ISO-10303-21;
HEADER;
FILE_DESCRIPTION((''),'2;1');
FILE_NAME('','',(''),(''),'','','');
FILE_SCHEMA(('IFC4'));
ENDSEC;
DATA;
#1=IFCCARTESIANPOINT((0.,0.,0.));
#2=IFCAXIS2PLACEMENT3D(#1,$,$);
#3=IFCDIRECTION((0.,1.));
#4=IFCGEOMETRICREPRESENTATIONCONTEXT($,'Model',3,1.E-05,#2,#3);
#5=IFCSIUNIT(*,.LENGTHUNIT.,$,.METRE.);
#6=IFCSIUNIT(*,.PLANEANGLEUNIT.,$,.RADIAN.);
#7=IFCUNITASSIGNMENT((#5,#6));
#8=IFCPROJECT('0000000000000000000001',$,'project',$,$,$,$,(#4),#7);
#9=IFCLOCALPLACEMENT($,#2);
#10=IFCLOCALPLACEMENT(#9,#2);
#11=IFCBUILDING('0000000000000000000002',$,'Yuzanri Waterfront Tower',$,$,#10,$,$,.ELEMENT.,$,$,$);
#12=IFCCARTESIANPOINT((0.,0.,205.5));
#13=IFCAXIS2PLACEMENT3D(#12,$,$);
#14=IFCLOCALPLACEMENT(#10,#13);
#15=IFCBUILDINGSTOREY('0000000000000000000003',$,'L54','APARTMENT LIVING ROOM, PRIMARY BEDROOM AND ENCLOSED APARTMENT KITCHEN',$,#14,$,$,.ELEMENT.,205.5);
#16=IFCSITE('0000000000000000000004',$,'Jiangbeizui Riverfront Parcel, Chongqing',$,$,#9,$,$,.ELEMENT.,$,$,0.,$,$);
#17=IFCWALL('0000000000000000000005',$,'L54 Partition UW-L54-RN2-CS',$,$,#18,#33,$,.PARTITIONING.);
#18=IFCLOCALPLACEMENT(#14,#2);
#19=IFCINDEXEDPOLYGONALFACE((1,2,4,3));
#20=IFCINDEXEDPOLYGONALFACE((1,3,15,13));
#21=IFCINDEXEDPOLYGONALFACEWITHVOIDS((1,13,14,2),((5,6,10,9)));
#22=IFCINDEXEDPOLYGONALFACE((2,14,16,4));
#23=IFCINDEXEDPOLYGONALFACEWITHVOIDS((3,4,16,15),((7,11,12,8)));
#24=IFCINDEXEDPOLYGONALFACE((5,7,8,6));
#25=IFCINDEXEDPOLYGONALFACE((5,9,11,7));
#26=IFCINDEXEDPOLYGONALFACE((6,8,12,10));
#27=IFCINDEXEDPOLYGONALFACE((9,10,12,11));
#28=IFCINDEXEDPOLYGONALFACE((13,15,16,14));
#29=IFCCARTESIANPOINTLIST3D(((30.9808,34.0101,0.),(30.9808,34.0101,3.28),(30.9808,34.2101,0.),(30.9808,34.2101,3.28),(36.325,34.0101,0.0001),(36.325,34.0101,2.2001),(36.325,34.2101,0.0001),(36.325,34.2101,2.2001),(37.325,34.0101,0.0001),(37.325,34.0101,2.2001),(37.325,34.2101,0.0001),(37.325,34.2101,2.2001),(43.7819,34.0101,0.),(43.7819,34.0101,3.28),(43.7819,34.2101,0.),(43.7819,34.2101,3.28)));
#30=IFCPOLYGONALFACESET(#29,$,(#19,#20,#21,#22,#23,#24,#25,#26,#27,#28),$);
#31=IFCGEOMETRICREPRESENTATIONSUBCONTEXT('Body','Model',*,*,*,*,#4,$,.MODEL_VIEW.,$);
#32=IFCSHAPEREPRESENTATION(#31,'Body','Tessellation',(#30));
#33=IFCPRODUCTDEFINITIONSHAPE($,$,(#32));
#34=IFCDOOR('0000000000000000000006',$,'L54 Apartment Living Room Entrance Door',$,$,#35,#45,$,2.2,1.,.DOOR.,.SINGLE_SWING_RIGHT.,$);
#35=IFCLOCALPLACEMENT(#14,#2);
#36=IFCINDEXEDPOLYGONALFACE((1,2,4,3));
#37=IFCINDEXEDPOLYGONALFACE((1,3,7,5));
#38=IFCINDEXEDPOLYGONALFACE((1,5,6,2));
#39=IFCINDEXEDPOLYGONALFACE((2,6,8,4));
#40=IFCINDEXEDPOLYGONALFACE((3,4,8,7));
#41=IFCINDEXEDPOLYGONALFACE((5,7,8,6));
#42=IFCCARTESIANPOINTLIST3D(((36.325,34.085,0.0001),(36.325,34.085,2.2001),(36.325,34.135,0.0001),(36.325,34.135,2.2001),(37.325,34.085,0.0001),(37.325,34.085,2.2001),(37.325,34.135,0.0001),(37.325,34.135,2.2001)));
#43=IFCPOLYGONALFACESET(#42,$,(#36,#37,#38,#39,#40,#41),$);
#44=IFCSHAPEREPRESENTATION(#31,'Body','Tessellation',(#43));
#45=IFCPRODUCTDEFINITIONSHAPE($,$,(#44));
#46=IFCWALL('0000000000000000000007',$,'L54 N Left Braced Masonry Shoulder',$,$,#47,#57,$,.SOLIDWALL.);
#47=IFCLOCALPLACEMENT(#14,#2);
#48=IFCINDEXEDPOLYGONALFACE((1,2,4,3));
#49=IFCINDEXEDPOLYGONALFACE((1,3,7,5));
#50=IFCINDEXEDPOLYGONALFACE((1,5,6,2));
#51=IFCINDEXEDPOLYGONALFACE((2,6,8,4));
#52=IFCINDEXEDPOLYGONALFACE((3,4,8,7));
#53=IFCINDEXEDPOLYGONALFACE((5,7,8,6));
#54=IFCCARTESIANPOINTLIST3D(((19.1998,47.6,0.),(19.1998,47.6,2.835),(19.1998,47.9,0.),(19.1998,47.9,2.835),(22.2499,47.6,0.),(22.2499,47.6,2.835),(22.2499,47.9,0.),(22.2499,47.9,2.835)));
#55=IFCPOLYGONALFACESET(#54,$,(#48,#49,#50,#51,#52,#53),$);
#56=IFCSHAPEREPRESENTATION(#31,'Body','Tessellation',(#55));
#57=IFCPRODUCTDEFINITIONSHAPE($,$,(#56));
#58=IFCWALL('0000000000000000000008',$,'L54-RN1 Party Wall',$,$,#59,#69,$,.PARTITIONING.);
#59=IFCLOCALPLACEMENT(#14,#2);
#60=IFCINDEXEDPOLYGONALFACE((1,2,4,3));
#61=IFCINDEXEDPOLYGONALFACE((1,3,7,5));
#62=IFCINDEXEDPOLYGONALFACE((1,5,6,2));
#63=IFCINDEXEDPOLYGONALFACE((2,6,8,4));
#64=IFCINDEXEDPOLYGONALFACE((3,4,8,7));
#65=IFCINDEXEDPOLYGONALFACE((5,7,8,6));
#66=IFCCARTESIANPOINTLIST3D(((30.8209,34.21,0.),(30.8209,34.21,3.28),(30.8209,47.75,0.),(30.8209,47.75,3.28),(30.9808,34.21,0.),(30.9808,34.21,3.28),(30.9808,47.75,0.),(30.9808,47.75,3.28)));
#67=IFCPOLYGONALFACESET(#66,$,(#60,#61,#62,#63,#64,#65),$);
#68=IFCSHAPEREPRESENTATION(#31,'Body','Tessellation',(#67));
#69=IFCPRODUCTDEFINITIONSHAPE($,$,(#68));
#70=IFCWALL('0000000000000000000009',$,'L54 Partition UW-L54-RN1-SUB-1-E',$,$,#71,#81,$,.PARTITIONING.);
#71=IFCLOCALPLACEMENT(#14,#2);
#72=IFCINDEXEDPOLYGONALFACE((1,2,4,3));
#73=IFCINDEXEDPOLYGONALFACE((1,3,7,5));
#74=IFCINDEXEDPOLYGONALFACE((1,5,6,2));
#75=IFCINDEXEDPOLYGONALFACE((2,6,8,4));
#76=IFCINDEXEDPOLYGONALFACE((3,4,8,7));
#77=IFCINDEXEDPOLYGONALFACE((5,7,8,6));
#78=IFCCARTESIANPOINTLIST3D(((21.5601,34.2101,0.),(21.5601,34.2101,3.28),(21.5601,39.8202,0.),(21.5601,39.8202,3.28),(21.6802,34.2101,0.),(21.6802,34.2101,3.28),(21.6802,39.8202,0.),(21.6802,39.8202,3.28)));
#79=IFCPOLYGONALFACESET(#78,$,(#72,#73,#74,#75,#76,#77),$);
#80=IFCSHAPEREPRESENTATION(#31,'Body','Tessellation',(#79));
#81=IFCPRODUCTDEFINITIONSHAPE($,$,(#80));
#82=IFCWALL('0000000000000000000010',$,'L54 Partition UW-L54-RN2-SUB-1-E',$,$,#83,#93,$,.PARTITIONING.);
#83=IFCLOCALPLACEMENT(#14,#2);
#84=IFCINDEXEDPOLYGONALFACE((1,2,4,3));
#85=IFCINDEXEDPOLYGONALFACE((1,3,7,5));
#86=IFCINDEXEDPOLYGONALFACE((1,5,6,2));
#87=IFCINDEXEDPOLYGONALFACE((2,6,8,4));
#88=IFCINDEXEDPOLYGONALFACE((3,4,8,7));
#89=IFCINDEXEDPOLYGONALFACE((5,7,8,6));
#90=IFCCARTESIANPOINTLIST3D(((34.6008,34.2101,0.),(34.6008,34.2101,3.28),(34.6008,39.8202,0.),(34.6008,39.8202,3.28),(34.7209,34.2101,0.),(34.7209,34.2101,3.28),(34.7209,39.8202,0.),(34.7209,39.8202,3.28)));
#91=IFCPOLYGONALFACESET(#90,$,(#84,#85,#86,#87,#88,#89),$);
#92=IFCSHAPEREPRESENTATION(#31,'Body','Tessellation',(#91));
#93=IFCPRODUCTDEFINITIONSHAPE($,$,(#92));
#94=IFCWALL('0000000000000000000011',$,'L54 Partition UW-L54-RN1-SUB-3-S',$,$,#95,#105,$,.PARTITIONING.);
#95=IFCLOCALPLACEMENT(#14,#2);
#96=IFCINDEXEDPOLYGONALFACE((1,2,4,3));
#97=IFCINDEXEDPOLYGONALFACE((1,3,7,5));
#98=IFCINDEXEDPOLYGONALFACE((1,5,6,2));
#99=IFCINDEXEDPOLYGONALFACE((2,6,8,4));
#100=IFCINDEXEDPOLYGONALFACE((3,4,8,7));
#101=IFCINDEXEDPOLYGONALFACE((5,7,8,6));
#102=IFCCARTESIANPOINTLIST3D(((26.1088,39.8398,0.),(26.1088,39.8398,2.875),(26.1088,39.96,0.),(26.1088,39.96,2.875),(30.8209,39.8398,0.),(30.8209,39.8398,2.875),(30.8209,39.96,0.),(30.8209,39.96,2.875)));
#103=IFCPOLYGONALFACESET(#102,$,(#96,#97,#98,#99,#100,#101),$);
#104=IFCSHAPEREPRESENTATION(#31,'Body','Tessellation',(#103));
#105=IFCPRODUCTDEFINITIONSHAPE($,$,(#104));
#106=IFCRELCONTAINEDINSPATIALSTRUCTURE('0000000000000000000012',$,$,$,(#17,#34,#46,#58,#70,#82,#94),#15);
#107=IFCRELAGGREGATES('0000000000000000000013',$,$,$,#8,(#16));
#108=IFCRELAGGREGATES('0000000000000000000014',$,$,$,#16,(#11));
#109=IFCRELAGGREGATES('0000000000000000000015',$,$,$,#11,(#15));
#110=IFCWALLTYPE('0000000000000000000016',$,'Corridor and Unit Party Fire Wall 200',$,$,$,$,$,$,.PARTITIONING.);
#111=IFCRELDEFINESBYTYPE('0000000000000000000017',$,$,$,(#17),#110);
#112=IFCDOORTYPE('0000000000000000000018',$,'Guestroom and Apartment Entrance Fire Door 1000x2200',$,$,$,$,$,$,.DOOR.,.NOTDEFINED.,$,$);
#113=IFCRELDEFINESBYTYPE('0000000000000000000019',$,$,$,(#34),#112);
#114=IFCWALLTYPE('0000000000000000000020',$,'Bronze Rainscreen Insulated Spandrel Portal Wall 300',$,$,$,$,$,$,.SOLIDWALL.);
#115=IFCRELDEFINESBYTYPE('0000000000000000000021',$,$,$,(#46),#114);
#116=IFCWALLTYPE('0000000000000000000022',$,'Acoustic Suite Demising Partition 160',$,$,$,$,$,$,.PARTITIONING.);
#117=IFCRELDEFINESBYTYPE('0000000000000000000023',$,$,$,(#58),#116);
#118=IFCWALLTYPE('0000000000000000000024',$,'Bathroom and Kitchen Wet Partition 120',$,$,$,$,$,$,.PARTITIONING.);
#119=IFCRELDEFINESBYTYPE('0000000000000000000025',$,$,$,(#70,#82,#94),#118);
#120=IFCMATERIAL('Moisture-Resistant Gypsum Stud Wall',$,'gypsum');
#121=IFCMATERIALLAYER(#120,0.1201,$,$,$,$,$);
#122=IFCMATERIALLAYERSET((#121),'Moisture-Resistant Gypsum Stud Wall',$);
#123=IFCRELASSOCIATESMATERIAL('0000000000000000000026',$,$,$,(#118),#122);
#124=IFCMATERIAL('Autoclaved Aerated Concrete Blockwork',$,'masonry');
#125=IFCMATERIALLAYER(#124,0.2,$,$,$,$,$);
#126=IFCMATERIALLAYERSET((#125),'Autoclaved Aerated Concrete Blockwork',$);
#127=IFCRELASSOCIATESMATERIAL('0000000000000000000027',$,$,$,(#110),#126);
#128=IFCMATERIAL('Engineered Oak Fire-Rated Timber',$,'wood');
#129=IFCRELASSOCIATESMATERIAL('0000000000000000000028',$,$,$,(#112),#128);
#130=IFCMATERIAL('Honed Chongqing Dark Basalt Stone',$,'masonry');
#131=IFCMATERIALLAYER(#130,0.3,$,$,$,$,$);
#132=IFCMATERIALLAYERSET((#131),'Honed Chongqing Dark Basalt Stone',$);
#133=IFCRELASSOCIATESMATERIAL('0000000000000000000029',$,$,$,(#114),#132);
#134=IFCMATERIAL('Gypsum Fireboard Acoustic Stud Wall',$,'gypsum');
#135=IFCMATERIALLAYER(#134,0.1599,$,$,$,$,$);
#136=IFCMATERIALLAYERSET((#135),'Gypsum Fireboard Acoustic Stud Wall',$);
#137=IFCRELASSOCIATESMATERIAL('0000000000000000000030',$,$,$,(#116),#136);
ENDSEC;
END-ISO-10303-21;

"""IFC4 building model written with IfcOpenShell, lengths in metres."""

from ifc_helpers import new_model, si_unit, direction, frame, frame_2d, origin, place, context, subcontext, project, spatial, rectangle, extrude, source, transform, mapped, material, layer, layer_set, type_object, element, fill, save


model = new_model("IFC4")

# Units and contexts
model_context = context("Model", 3, precision=1e-05, world=origin(), true_north=direction((0.0, 1.0)))
body_context = subcontext(model_context, "Body", "Model", "MODEL_VIEW")
ifc_project = project(units=[si_unit("LENGTHUNIT", "METRE"), si_unit("PLANEANGLEUNIT", "RADIAN")], contexts=[model_context])

# Site, building, storey
site_placement = place(None, origin())
site = spatial("IfcSite", under=ifc_project, at=site_placement, Name="Jiangbeizui Riverfront Parcel, Chongqing", CompositionType="ELEMENT", RefElevation=0.0)
building_placement = place(site_placement, origin())
building = spatial("IfcBuilding", under=site, at=building_placement, Name="Yuzanri Waterfront Tower", CompositionType="ELEMENT")
storey_placement = place(building_placement, frame((0.0, 0.0, 205.5)))
storey = spatial("IfcBuildingStorey", under=building, at=storey_placement, Name="L54", Description="APARTMENT LIVING ROOM, PRIMARY BEDROOM AND ENCLOSED APARTMENT KITCHEN", CompositionType="ELEMENT", Elevation=205.5)

# Wall, opening, door
ifc_material_1 = material(Name="Moisture-Resistant Gypsum Stud Wall", Category="gypsum")
ifc_layer_1 = layer(ifc_material_1, 0.1201)
ifc_layer_set_1 = layer_set([ifc_layer_1], Name="Moisture-Resistant Gypsum Stud Wall")
wall_type_1 = type_object("IfcWallType", Name="Bathroom and Kitchen Wet Partition 120", PredefinedType="PARTITIONING", material=ifc_layer_set_1)
ifc_material_2 = material(Name="Autoclaved Aerated Concrete Blockwork", Category="masonry")
ifc_layer_2 = layer(ifc_material_2, 0.2)
ifc_layer_set_2 = layer_set([ifc_layer_2], Name="Autoclaved Aerated Concrete Blockwork")
wall_type_2 = type_object("IfcWallType", Name="Corridor and Unit Party Fire Wall 200", PredefinedType="PARTITIONING", material=ifc_layer_set_2)
wall_1_placement = place(storey_placement, frame((30.981, 34.1101, 0.0), z_axis=(0.0, 0.0, 1.0), x_axis=(1.0, 0.0, 0.0)))
wall_1 = element("IfcWall", 1, at=wall_1_placement, inside=storey, type_object=wall_type_2, Name="L54 Partition UW-L54-RN2-CS", PredefinedType="PARTITIONING", context=body_context, shape_type="SweptSolid", body=[
    extrude(rectangle(XDim=12.801, YDim=0.2, at=frame_2d((6.4004, 0.0))), origin(), (0.0, 0.0, 1.0), 3.28),
])
opening_1_placement = place(wall_1_placement, frame((5.344, 0.0, 0.0)))
opening_1 = element("IfcOpeningElement", 2, at=opening_1_placement, cuts=wall_1, PredefinedType="OPENING", context=body_context, shape_type="SweptSolid", body=[
    extrude(rectangle(XDim=1.0, YDim=2.2, at=frame_2d((0.5, 1.1001))), frame((0.0, 0.1147, 0.0), z_axis=(0.0, -1.0, 0.0), x_axis=(1.0, 0.0, 0.0)), (0.0, 0.0, 1.0), 0.2297),
])
ifc_material_3 = material(Name="Engineered Oak Fire-Rated Timber", Category="wood")
door_type_1 = type_object("IfcDoorType", Name="Guestroom and Apartment Entrance Fire Door 1000x2200", OperationType="NOTDEFINED", PredefinedType="DOOR", material=ifc_material_3)
shared_shape_1 = source(origin(), body_context, "Body", "SweptSolid", [
    extrude(rectangle(XDim=1.0, YDim=2.2, at=frame_2d((0.5, 1.1001))), frame((0.0, 0.0249, 0.0), z_axis=(0.0, -1.0, 0.0), x_axis=(1.0, 0.0, 0.0)), (0.0, 0.0, 1.0), 0.05),
])
door_1_placement = place(opening_1_placement, origin())
door_1 = element("IfcDoor", 3, at=door_1_placement, inside=storey, type_object=door_type_1, Name="L54 Apartment Living Room Entrance Door", OperationType="SINGLE_SWING_RIGHT", OverallHeight=2.2, OverallWidth=1.0, PredefinedType="DOOR", context=body_context, shape_type="MappedRepresentation", body=[
    mapped(shared_shape_1, transform((0.0, 0.0, 0.0), scale=1.0)),
])
fill(opening_1, door_1)

# Walls
ifc_material_4 = material(Name="Honed Chongqing Dark Basalt Stone", Category="masonry")
ifc_layer_3 = layer(ifc_material_4, 0.3)
ifc_layer_set_3 = layer_set([ifc_layer_3], Name="Honed Chongqing Dark Basalt Stone")
wall_type_3 = type_object("IfcWallType", Name="Bronze Rainscreen Insulated Spandrel Portal Wall 300", PredefinedType="SOLIDWALL", material=ifc_layer_set_3)
shared_shape_2 = source(origin(), body_context, "Body", "SweptSolid", [
    extrude(rectangle(XDim=3.05, YDim=0.3, at=frame_2d((1.5249, 0.0))), origin(), (0.0, 0.0, 1.0), 2.835),
])
wall_2_placement = place(storey_placement, frame((19.2, 47.75, 0.0), z_axis=(0.0, 0.0, 1.0), x_axis=(1.0, 0.0, 0.0)))
element("IfcWall", 4, at=wall_2_placement, inside=storey, type_object=wall_type_3, Name="L54 N Left Braced Masonry Shoulder", PredefinedType="SOLIDWALL", context=body_context, shape_type="MappedRepresentation", body=[
    mapped(shared_shape_2, transform((0.0, 0.0, 0.0), scale=1.0)),
])
ifc_material_5 = material(Name="Gypsum Fireboard Acoustic Stud Wall", Category="gypsum")
ifc_layer_4 = layer(ifc_material_5, 0.1599)
ifc_layer_set_4 = layer_set([ifc_layer_4], Name="Gypsum Fireboard Acoustic Stud Wall")
wall_type_4 = type_object("IfcWallType", Name="Acoustic Suite Demising Partition 160", PredefinedType="PARTITIONING", material=ifc_layer_set_4)
shared_shape_3 = source(origin(), body_context, "Body", "SweptSolid", [
    extrude(rectangle(XDim=13.54, YDim=0.1599, at=frame_2d((6.77, 0.0))), origin(), (0.0, 0.0, 1.0), 3.28),
])
wall_3_placement = place(storey_placement, frame((30.9009, 34.21, 0.0), z_axis=(0.0, 0.0, 1.0), x_axis=(0.0, 1.0, 0.0)))
element("IfcWall", 5, at=wall_3_placement, inside=storey, type_object=wall_type_4, Name="L54-RN1 Party Wall", PredefinedType="PARTITIONING", context=body_context, shape_type="MappedRepresentation", body=[
    mapped(shared_shape_3, transform((0.0, 0.0, 0.0), scale=1.0)),
])
shared_shape_4 = source(origin(), body_context, "Body", "SweptSolid", [
    extrude(rectangle(XDim=5.6101, YDim=0.1201, at=frame_2d((2.8052, 0.0))), origin(), (0.0, 0.0, 1.0), 3.28),
])
for number, where, z_axis, x_axis, name in (
    (6, (21.6201, 34.21, 0.0), (0.0, 0.0, 1.0), (0.0, 1.0, 0.0), "L54 Partition UW-L54-RN1-SUB-1-E"),
    (7, (34.6609, 34.21, 0.0), (0.0, 0.0, 1.0), (0.0, 1.0, 0.0), "L54 Partition UW-L54-RN2-SUB-1-E"),
):
    element("IfcWall", number, at=place(storey_placement, frame(where, z_axis=z_axis, x_axis=x_axis)), inside=storey, type_object=wall_type_1, Name=name, PredefinedType="PARTITIONING", context=body_context, shape_type="MappedRepresentation", body=[
        mapped(shared_shape_4, transform((0.0, 0.0, 0.0), scale=1.0)),
    ])
shared_shape_5 = source(origin(), body_context, "Body", "SweptSolid", [
    extrude(rectangle(XDim=4.7122, YDim=0.1201, at=frame_2d((2.356, 0.0))), origin(), (0.0, 0.0, 1.0), 2.875),
])
wall_4_placement = place(storey_placement, frame((26.1089, 39.8999, 0.0), z_axis=(0.0, 0.0, 1.0), x_axis=(1.0, 0.0, 0.0)))
element("IfcWall", 8, at=wall_4_placement, inside=storey, type_object=wall_type_1, Name="L54 Partition UW-L54-RN1-SUB-3-S", PredefinedType="PARTITIONING", context=body_context, shape_type="MappedRepresentation", body=[
    mapped(shared_shape_5, transform((0.0, 0.0, 0.0), scale=1.0)),
])

save(model, "model.ifc")
